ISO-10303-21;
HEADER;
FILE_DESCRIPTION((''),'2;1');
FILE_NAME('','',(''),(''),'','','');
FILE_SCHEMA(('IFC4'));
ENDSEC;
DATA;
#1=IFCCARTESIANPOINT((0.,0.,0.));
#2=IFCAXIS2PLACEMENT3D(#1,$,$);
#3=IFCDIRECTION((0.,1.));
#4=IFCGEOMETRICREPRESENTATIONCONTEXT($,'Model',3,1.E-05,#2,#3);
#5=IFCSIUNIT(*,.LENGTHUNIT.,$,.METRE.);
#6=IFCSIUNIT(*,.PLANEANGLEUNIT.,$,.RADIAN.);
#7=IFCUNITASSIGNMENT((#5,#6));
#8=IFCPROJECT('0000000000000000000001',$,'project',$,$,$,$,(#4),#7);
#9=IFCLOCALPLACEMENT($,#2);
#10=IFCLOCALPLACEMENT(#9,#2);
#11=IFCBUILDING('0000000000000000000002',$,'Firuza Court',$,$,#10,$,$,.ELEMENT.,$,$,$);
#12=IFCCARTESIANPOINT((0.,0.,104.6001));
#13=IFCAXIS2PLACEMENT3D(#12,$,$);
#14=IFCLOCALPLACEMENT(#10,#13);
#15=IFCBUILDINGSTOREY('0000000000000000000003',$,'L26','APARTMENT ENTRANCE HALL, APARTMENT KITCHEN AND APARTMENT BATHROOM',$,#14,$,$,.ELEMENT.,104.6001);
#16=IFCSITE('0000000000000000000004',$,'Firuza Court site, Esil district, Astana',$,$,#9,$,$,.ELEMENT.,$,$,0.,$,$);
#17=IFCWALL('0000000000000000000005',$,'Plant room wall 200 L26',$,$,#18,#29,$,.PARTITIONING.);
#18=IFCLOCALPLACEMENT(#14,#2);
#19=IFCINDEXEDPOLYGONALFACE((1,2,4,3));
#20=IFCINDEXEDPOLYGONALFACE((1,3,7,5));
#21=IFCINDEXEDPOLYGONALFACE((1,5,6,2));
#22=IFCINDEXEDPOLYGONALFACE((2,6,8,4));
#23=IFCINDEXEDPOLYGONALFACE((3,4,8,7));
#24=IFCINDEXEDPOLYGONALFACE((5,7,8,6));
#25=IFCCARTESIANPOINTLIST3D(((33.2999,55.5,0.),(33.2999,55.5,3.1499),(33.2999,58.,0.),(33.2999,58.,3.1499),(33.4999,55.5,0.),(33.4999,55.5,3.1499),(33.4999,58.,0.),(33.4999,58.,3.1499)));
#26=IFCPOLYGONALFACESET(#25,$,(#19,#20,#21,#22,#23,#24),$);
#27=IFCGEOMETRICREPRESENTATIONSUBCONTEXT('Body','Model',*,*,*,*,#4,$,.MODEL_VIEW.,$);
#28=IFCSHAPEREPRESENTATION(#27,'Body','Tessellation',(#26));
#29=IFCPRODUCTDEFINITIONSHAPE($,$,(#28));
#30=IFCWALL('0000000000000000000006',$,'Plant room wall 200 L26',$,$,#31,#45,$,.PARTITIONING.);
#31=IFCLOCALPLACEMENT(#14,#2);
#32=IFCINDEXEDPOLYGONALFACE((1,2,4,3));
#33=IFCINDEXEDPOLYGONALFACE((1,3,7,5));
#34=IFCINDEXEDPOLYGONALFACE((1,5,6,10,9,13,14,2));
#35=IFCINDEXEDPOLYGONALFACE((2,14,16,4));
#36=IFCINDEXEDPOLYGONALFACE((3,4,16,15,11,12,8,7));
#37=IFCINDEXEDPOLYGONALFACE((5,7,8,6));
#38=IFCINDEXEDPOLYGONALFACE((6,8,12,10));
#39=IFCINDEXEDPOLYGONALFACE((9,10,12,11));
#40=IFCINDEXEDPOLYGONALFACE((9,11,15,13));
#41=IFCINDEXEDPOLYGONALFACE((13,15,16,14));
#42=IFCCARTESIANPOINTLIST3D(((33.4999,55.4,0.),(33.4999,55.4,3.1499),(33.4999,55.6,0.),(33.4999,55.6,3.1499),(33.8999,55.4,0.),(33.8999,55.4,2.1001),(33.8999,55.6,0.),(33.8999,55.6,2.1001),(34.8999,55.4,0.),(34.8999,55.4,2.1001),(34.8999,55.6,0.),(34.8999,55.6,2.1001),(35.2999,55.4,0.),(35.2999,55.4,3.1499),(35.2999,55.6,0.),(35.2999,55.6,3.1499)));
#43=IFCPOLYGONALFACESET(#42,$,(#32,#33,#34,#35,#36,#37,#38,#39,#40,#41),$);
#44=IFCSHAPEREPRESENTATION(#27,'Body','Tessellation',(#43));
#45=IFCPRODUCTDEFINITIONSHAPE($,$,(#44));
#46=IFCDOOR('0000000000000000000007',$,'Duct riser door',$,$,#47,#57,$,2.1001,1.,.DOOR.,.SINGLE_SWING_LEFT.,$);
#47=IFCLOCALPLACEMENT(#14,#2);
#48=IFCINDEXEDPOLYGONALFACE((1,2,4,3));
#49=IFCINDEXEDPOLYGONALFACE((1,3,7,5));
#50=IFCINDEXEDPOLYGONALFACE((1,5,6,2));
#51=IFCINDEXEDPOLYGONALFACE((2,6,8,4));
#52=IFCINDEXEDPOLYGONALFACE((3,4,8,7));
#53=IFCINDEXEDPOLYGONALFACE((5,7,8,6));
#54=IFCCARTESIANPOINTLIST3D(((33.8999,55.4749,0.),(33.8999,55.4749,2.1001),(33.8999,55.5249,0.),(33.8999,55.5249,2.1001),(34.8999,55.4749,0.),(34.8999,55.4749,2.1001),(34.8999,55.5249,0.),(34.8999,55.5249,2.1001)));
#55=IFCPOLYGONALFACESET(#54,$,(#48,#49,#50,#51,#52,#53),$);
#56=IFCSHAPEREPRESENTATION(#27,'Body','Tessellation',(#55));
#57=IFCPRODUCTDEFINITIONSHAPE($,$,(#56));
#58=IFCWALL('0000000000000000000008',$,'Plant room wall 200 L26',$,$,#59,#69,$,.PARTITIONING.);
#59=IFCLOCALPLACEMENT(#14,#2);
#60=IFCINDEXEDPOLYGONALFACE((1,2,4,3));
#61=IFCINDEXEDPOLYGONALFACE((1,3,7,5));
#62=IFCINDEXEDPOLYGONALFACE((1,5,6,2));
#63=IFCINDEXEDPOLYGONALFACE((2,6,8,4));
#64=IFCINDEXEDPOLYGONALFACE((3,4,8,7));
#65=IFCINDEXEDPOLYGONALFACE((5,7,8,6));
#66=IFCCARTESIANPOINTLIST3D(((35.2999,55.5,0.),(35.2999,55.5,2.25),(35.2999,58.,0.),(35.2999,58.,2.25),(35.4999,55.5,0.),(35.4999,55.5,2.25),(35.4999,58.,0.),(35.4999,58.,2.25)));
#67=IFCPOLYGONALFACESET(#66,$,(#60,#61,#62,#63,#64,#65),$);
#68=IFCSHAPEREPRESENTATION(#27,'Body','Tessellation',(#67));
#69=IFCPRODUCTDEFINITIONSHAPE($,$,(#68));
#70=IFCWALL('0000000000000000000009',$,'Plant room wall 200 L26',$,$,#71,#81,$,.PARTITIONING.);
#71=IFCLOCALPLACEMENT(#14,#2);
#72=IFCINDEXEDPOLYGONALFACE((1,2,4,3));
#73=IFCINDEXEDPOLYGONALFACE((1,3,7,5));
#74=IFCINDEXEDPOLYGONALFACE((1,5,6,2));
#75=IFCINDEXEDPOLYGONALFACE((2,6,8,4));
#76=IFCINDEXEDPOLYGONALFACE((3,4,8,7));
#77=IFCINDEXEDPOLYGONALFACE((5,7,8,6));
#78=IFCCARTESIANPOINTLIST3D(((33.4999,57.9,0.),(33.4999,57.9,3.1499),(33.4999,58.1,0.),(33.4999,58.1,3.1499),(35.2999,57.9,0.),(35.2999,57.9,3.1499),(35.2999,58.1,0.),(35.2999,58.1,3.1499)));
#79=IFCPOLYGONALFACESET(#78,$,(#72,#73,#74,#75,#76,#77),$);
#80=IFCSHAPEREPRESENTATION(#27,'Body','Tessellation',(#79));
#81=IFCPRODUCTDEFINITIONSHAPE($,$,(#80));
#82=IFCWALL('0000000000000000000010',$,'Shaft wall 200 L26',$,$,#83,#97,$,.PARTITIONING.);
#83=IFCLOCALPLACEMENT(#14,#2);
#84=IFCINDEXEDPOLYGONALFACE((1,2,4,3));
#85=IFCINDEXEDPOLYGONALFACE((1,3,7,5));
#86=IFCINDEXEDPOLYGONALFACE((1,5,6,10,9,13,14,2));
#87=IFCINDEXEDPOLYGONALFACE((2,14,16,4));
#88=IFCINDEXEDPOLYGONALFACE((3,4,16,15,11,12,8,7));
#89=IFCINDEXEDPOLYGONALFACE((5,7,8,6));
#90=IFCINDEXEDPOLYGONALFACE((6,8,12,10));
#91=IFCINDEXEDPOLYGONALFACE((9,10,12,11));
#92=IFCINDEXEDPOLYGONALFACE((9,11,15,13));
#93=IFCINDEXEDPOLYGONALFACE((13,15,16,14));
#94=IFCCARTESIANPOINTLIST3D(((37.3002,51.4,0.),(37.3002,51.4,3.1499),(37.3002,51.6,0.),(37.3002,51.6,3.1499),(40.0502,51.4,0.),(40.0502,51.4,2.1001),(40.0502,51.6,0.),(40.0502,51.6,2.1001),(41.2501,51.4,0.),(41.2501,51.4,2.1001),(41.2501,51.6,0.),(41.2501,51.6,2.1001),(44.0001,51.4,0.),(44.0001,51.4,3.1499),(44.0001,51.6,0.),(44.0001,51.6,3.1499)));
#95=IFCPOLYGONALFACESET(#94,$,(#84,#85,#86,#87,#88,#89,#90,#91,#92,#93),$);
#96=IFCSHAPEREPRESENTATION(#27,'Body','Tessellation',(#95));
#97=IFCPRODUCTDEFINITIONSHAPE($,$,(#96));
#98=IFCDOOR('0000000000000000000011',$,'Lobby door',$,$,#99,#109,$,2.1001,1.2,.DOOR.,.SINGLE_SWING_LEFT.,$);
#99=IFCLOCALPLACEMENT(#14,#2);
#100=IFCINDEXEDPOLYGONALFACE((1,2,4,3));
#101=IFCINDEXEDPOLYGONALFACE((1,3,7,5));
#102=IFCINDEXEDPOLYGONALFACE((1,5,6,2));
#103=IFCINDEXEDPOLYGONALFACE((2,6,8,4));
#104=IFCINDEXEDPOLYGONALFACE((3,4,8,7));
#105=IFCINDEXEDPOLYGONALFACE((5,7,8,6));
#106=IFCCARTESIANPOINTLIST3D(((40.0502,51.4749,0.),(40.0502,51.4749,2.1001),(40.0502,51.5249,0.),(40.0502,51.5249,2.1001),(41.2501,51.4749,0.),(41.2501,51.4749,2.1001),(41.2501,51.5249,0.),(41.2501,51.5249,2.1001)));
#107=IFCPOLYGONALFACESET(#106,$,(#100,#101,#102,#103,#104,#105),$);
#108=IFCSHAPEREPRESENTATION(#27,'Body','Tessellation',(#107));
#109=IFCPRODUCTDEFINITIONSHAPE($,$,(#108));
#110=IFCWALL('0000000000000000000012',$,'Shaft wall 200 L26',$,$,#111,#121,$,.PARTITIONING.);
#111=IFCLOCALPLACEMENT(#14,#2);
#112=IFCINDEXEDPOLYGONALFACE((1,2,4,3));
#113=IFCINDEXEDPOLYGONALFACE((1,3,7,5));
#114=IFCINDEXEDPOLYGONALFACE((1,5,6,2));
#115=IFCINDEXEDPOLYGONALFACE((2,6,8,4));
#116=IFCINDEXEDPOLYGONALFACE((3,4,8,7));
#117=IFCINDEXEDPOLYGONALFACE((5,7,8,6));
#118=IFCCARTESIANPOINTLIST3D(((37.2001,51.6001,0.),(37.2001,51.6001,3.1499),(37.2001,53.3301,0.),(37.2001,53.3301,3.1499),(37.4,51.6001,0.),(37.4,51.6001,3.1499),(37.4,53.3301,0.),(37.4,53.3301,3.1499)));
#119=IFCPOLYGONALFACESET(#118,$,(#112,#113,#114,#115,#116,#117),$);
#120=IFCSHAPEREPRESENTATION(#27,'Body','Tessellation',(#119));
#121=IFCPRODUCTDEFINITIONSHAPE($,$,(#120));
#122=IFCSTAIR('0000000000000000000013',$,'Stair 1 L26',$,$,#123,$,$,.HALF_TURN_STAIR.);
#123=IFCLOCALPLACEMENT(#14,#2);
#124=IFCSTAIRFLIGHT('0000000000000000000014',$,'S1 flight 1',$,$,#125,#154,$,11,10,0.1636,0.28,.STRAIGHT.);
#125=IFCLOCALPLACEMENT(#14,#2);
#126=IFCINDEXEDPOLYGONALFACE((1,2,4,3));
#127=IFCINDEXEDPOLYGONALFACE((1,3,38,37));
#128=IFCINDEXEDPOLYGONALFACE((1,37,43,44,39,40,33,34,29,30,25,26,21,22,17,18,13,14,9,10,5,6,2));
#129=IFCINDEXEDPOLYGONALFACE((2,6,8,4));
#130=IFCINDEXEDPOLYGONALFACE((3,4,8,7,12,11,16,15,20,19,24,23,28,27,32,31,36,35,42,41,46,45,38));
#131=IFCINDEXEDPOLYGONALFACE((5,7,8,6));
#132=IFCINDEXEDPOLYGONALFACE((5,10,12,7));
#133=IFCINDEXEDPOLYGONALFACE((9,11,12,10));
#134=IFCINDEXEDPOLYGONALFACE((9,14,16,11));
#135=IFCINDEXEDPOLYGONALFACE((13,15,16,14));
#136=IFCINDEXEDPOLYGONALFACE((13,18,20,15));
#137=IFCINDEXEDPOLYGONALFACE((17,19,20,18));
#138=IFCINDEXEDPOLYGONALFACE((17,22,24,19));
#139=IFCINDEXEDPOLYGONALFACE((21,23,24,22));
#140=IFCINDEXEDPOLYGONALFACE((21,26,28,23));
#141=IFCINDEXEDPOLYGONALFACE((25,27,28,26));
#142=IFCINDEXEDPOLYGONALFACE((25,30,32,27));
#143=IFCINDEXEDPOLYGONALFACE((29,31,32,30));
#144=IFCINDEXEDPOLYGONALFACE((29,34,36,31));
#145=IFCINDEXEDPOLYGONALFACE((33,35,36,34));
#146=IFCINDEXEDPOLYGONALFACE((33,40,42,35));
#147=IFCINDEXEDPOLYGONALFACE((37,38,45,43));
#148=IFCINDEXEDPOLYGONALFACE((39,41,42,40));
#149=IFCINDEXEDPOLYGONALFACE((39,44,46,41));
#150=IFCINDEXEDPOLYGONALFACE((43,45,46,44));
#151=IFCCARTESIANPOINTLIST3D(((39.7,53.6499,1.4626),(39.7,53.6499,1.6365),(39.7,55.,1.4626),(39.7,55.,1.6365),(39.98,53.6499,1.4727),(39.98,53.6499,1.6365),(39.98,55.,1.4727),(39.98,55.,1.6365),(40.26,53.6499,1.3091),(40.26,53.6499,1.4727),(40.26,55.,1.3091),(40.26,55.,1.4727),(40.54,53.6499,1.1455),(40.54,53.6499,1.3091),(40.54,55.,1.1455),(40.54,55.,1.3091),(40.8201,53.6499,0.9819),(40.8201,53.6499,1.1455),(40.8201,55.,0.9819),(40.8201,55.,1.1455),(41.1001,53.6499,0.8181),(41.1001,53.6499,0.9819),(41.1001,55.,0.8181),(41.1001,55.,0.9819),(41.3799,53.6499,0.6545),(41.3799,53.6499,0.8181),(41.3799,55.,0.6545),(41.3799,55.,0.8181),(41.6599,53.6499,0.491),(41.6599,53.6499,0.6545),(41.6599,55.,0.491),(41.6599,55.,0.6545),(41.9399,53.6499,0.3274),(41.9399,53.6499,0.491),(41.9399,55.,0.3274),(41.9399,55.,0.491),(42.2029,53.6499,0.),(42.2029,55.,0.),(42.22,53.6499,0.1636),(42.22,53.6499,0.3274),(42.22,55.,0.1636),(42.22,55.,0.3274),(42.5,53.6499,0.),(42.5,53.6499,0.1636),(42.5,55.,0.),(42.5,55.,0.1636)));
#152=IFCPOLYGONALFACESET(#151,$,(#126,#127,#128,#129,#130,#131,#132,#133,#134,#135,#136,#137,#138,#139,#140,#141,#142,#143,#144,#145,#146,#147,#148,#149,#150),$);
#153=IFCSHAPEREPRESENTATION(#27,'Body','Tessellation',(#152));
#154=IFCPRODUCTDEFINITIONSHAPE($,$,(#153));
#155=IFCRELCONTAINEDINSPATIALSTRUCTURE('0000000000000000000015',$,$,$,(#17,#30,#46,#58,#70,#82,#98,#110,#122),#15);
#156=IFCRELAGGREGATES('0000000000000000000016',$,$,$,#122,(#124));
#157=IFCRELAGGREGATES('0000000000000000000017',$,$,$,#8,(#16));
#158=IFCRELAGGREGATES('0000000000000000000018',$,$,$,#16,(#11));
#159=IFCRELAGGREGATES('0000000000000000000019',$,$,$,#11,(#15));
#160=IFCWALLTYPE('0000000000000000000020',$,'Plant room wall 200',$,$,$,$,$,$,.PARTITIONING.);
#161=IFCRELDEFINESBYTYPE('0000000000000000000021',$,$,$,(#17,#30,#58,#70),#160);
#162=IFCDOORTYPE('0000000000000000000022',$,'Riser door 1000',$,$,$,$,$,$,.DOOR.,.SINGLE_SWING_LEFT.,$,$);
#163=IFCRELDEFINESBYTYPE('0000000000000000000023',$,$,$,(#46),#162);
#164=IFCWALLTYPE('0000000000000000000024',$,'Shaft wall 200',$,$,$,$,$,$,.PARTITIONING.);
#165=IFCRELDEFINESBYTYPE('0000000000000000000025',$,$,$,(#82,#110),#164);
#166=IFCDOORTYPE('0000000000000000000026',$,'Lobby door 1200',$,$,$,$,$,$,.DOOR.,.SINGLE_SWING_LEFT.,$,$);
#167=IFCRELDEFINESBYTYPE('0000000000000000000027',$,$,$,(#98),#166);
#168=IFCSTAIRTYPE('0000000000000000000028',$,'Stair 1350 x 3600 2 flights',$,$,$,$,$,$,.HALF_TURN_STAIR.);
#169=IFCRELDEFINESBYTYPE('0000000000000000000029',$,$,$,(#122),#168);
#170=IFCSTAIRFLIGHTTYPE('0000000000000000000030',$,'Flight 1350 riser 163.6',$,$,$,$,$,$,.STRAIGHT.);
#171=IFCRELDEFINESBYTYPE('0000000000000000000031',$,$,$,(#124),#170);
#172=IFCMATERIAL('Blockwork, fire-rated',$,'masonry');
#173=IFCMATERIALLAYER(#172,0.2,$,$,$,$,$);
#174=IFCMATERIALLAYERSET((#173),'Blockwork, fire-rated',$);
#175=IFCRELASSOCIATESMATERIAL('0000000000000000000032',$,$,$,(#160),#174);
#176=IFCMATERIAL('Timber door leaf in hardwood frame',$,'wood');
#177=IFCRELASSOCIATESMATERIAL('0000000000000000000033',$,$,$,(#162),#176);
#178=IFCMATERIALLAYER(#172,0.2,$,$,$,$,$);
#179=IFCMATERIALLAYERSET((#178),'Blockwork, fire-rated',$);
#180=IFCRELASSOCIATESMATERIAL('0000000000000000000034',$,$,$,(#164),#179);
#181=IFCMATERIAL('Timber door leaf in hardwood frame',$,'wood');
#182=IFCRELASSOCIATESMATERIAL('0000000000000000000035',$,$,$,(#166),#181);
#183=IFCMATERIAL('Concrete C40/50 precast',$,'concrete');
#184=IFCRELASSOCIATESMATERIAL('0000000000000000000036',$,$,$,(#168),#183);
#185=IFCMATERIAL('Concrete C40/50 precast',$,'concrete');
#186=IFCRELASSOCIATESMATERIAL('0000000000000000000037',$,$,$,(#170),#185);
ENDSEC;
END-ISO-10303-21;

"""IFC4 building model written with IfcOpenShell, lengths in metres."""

from ifc_helpers import new_model, si_unit, direction, frame, frame_2d, origin, place, context, subcontext, project, spatial, polyline, rectangle, outline, extrude, material, layer, layer_set, type_object, element, fill, aggregate, save


model = new_model("IFC4")

# Units and contexts
model_context = context("Model", 3, precision=1e-05, world=origin(), true_north=direction((0.0, 1.0)))
body_context = subcontext(model_context, "Body", "Model", "MODEL_VIEW")
ifc_project = project(units=[si_unit("LENGTHUNIT", "METRE"), si_unit("PLANEANGLEUNIT", "RADIAN")], contexts=[model_context])

# Site, building, storey
site_placement = place(None, origin())
site = spatial("IfcSite", under=ifc_project, at=site_placement, Name="Firuza Court site, Esil district, Astana", CompositionType="ELEMENT", RefElevation=0.0)
building_placement = place(site_placement, origin())
building = spatial("IfcBuilding", under=site, at=building_placement, Name="Firuza Court", CompositionType="ELEMENT")
storey_placement = place(building_placement, frame((0.0, 0.0, 104.6001)))
storey = spatial("IfcBuildingStorey", under=building, at=storey_placement, Name="L26", Description="APARTMENT ENTRANCE HALL, APARTMENT KITCHEN AND APARTMENT BATHROOM", CompositionType="ELEMENT", Elevation=104.6001)

# Wall
ifc_material_1 = material(Name="Blockwork, fire-rated", Category="masonry")
ifc_layer_1 = layer(ifc_material_1, 0.2)
ifc_layer_set_1 = layer_set([ifc_layer_1], Name="Blockwork, fire-rated")
wall_type_1 = type_object("IfcWallType", Name="Plant room wall 200", PredefinedType="PARTITIONING", material=ifc_layer_set_1)
for number, where, z_axis, x_axis, name in (
    (1, (33.3999, 55.5, 0.0), (0.0, 0.0, 1.0), (0.0, 1.0, 0.0), "Plant room wall 200 L26"),
):
    element("IfcWall", number, at=place(storey_placement, frame(where, z_axis=z_axis, x_axis=x_axis)), inside=storey, type_object=wall_type_1, Name=name, PredefinedType="PARTITIONING", context=body_context, shape_type="SweptSolid", body=[
        extrude(rectangle(XDim=2.5, YDim=0.2, at=frame_2d((1.25, 0.0))), origin(), (0.0, 0.0, 1.0), 3.1499),
    ])

# Wall, opening, door
wall_1_placement = place(storey_placement, frame((33.5, 55.5, 0.0), z_axis=(0.0, 0.0, 1.0), x_axis=(1.0, 0.0, 0.0)))
wall_1 = element("IfcWall", 2, at=wall_1_placement, inside=storey, type_object=wall_type_1, Name="Plant room wall 200 L26", PredefinedType="PARTITIONING", context=body_context, shape_type="SweptSolid", body=[
    extrude(rectangle(XDim=1.8, YDim=0.2, at=frame_2d((0.8999, 0.0))), origin(), (0.0, 0.0, 1.0), 3.1499),
])
opening_1_placement = place(wall_1_placement, frame((0.3999, 0.0, 0.0)))
opening_1 = element("IfcOpeningElement", 3, at=opening_1_placement, cuts=wall_1, PredefinedType="OPENING", context=body_context, shape_type="SweptSolid", body=[
    extrude(rectangle(XDim=1.0, YDim=2.1001, at=frame_2d((0.5, 1.05))), frame((0.0, 0.1118, 0.0), z_axis=(0.0, -1.0, 0.0), x_axis=(1.0, 0.0, 0.0)), (0.0, 0.0, 1.0), 0.2239),
])
ifc_material_2 = material(Name="Timber door leaf in hardwood frame", Category="wood")
door_type_1 = type_object("IfcDoorType", Name="Riser door 1000", OperationType="SINGLE_SWING_LEFT", PredefinedType="DOOR", material=ifc_material_2)
door_1_placement = place(opening_1_placement, origin())
door_1 = element("IfcDoor", 4, at=door_1_placement, inside=storey, type_object=door_type_1, Name="Duct riser door", OperationType="SINGLE_SWING_LEFT", OverallHeight=2.1001, OverallWidth=1.0, PredefinedType="DOOR", context=body_context, shape_type="SweptSolid", body=[
    extrude(rectangle(XDim=1.0, YDim=2.1001, at=frame_2d((0.5, 1.05))), frame((0.0, 0.0249, 0.0), z_axis=(0.0, -1.0, 0.0), x_axis=(1.0, 0.0, 0.0)), (0.0, 0.0, 1.0), 0.05),
])
fill(opening_1, door_1)

# Walls
wall_2_placement = place(storey_placement, frame((35.3999, 55.5, 0.0), z_axis=(0.0, 0.0, 1.0), x_axis=(0.0, 1.0, 0.0)))
element("IfcWall", 5, at=wall_2_placement, inside=storey, type_object=wall_type_1, Name="Plant room wall 200 L26", PredefinedType="PARTITIONING", context=body_context, shape_type="SweptSolid", body=[
    extrude(rectangle(XDim=2.5, YDim=0.2, at=frame_2d((1.25, 0.0))), origin(), (0.0, 0.0, 1.0), 2.25),
])
wall_3_placement = place(storey_placement, frame((33.5, 58.0, 0.0), z_axis=(0.0, 0.0, 1.0), x_axis=(1.0, 0.0, 0.0)))
element("IfcWall", 6, at=wall_3_placement, inside=storey, type_object=wall_type_1, Name="Plant room wall 200 L26", PredefinedType="PARTITIONING", context=body_context, shape_type="SweptSolid", body=[
    extrude(rectangle(XDim=1.8, YDim=0.2, at=frame_2d((0.8999, 0.0))), origin(), (0.0, 0.0, 1.0), 3.1499),
])

# Wall, opening, door
ifc_layer_2 = layer(ifc_material_1, 0.2)
ifc_layer_set_2 = layer_set([ifc_layer_2], Name="Blockwork, fire-rated")
wall_type_2 = type_object("IfcWallType", Name="Shaft wall 200", PredefinedType="PARTITIONING", material=ifc_layer_set_2)
wall_4_placement = place(storey_placement, frame((37.3, 51.5, 0.0), z_axis=(0.0, 0.0, 1.0), x_axis=(1.0, 0.0, 0.0)))
wall_4 = element("IfcWall", 7, at=wall_4_placement, inside=storey, type_object=wall_type_2, Name="Shaft wall 200 L26", PredefinedType="PARTITIONING", context=body_context, shape_type="SweptSolid", body=[
    extrude(rectangle(XDim=6.7, YDim=0.2, at=frame_2d((3.3501, 0.0))), origin(), (0.0, 0.0, 1.0), 3.1499),
])
opening_2_placement = place(wall_4_placement, frame((2.75, 0.0, 0.0)))
opening_2 = element("IfcOpeningElement", 8, at=opening_2_placement, cuts=wall_4, PredefinedType="OPENING", context=body_context, shape_type="SweptSolid", body=[
    extrude(rectangle(XDim=1.2, YDim=2.1001, at=frame_2d((0.6001, 1.05))), frame((0.0, 0.1118, 0.0), z_axis=(0.0, -1.0, 0.0), x_axis=(1.0, 0.0, 0.0)), (0.0, 0.0, 1.0), 0.2239),
])
ifc_material_3 = material(Name="Timber door leaf in hardwood frame", Category="wood")
door_type_2 = type_object("IfcDoorType", Name="Lobby door 1200", OperationType="SINGLE_SWING_LEFT", PredefinedType="DOOR", material=ifc_material_3)
door_2_placement = place(opening_2_placement, origin())
door_2 = element("IfcDoor", 9, at=door_2_placement, inside=storey, type_object=door_type_2, Name="Lobby door", OperationType="SINGLE_SWING_LEFT", OverallHeight=2.1001, OverallWidth=1.2, PredefinedType="DOOR", context=body_context, shape_type="SweptSolid", body=[
    extrude(rectangle(XDim=1.2, YDim=2.1001, at=frame_2d((0.6001, 1.05))), frame((0.0, 0.0249, 0.0), z_axis=(0.0, -1.0, 0.0), x_axis=(1.0, 0.0, 0.0)), (0.0, 0.0, 1.0), 0.05),
])
fill(opening_2, door_2)

# Wall
wall_5_placement = place(storey_placement, frame((37.3, 51.6001, 0.0), z_axis=(0.0, 0.0, 1.0), x_axis=(0.0, 1.0, 0.0)))
element("IfcWall", 10, at=wall_5_placement, inside=storey, type_object=wall_type_2, Name="Shaft wall 200 L26", PredefinedType="PARTITIONING", context=body_context, shape_type="SweptSolid", body=[
    extrude(rectangle(XDim=1.73, YDim=0.2, at=frame_2d((0.865, 0.0))), origin(), (0.0, 0.0, 1.0), 3.1499),
])

# Stair, stair flight
ifc_material_4 = material(Name="Concrete C40/50 precast", Category="concrete")
stair_type = type_object("IfcStairType", Name="Stair 1350 x 3600 2 flights", PredefinedType="HALF_TURN_STAIR", material=ifc_material_4)
stair_placement = place(storey_placement, origin())
stair = element("IfcStair", 11, at=stair_placement, inside=storey, type_object=stair_type, Name="Stair 1 L26", PredefinedType="HALF_TURN_STAIR")
ifc_material_5 = material(Name="Concrete C40/50 precast", Category="concrete")
stair_flight_type = type_object("IfcStairFlightType", Name="Flight 1350 riser 163.6", PredefinedType="STRAIGHT", material=ifc_material_5)
stair_flight_1_placement = place(storey_placement, frame((42.5, 54.325, 0.0), z_axis=(0.0, 0.0, 1.0), x_axis=(-1.0, 0.0, 0.0)))
stair_flight_1 = element("IfcStairFlight", 12, at=stair_flight_1_placement, type_object=stair_flight_type, Name="S1 flight 1", NumberOfRisers=11, NumberOfTreads=10, PredefinedType="STRAIGHT", RiserHeight=0.1636, TreadLength=0.28, context=body_context, shape_type="SweptSolid", body=[
    extrude(outline(polyline([(0.0, 0.0), (0.0, 0.1636), (0.28, 0.1636), (0.28, 0.3274), (0.5601, 0.3274), (0.5601, 0.491), (0.8401, 0.491), (0.8401, 0.6545), (1.1201, 0.6545), (1.1201, 0.8181), (1.3999, 0.8181), (1.3999, 0.9819), (1.6799, 0.9819), (1.6799, 1.1455), (1.96, 1.1455), (1.96, 1.3091), (2.24, 1.3091), (2.24, 1.4727), (2.52, 1.4727), (2.52, 1.6365), (2.8, 1.6365), (2.8, 1.8), (2.8, 1.4626), (0.2971, 0.0), (0.0, 0.0)])), frame((0.0, 0.675, 0.0), z_axis=(0.0, -1.0, 0.0), x_axis=(1.0, 0.0, 0.0)), (0.0, 0.0, 1.0), 1.3501),
])
aggregate(stair, [stair_flight_1])

save(model, "model.ifc")
